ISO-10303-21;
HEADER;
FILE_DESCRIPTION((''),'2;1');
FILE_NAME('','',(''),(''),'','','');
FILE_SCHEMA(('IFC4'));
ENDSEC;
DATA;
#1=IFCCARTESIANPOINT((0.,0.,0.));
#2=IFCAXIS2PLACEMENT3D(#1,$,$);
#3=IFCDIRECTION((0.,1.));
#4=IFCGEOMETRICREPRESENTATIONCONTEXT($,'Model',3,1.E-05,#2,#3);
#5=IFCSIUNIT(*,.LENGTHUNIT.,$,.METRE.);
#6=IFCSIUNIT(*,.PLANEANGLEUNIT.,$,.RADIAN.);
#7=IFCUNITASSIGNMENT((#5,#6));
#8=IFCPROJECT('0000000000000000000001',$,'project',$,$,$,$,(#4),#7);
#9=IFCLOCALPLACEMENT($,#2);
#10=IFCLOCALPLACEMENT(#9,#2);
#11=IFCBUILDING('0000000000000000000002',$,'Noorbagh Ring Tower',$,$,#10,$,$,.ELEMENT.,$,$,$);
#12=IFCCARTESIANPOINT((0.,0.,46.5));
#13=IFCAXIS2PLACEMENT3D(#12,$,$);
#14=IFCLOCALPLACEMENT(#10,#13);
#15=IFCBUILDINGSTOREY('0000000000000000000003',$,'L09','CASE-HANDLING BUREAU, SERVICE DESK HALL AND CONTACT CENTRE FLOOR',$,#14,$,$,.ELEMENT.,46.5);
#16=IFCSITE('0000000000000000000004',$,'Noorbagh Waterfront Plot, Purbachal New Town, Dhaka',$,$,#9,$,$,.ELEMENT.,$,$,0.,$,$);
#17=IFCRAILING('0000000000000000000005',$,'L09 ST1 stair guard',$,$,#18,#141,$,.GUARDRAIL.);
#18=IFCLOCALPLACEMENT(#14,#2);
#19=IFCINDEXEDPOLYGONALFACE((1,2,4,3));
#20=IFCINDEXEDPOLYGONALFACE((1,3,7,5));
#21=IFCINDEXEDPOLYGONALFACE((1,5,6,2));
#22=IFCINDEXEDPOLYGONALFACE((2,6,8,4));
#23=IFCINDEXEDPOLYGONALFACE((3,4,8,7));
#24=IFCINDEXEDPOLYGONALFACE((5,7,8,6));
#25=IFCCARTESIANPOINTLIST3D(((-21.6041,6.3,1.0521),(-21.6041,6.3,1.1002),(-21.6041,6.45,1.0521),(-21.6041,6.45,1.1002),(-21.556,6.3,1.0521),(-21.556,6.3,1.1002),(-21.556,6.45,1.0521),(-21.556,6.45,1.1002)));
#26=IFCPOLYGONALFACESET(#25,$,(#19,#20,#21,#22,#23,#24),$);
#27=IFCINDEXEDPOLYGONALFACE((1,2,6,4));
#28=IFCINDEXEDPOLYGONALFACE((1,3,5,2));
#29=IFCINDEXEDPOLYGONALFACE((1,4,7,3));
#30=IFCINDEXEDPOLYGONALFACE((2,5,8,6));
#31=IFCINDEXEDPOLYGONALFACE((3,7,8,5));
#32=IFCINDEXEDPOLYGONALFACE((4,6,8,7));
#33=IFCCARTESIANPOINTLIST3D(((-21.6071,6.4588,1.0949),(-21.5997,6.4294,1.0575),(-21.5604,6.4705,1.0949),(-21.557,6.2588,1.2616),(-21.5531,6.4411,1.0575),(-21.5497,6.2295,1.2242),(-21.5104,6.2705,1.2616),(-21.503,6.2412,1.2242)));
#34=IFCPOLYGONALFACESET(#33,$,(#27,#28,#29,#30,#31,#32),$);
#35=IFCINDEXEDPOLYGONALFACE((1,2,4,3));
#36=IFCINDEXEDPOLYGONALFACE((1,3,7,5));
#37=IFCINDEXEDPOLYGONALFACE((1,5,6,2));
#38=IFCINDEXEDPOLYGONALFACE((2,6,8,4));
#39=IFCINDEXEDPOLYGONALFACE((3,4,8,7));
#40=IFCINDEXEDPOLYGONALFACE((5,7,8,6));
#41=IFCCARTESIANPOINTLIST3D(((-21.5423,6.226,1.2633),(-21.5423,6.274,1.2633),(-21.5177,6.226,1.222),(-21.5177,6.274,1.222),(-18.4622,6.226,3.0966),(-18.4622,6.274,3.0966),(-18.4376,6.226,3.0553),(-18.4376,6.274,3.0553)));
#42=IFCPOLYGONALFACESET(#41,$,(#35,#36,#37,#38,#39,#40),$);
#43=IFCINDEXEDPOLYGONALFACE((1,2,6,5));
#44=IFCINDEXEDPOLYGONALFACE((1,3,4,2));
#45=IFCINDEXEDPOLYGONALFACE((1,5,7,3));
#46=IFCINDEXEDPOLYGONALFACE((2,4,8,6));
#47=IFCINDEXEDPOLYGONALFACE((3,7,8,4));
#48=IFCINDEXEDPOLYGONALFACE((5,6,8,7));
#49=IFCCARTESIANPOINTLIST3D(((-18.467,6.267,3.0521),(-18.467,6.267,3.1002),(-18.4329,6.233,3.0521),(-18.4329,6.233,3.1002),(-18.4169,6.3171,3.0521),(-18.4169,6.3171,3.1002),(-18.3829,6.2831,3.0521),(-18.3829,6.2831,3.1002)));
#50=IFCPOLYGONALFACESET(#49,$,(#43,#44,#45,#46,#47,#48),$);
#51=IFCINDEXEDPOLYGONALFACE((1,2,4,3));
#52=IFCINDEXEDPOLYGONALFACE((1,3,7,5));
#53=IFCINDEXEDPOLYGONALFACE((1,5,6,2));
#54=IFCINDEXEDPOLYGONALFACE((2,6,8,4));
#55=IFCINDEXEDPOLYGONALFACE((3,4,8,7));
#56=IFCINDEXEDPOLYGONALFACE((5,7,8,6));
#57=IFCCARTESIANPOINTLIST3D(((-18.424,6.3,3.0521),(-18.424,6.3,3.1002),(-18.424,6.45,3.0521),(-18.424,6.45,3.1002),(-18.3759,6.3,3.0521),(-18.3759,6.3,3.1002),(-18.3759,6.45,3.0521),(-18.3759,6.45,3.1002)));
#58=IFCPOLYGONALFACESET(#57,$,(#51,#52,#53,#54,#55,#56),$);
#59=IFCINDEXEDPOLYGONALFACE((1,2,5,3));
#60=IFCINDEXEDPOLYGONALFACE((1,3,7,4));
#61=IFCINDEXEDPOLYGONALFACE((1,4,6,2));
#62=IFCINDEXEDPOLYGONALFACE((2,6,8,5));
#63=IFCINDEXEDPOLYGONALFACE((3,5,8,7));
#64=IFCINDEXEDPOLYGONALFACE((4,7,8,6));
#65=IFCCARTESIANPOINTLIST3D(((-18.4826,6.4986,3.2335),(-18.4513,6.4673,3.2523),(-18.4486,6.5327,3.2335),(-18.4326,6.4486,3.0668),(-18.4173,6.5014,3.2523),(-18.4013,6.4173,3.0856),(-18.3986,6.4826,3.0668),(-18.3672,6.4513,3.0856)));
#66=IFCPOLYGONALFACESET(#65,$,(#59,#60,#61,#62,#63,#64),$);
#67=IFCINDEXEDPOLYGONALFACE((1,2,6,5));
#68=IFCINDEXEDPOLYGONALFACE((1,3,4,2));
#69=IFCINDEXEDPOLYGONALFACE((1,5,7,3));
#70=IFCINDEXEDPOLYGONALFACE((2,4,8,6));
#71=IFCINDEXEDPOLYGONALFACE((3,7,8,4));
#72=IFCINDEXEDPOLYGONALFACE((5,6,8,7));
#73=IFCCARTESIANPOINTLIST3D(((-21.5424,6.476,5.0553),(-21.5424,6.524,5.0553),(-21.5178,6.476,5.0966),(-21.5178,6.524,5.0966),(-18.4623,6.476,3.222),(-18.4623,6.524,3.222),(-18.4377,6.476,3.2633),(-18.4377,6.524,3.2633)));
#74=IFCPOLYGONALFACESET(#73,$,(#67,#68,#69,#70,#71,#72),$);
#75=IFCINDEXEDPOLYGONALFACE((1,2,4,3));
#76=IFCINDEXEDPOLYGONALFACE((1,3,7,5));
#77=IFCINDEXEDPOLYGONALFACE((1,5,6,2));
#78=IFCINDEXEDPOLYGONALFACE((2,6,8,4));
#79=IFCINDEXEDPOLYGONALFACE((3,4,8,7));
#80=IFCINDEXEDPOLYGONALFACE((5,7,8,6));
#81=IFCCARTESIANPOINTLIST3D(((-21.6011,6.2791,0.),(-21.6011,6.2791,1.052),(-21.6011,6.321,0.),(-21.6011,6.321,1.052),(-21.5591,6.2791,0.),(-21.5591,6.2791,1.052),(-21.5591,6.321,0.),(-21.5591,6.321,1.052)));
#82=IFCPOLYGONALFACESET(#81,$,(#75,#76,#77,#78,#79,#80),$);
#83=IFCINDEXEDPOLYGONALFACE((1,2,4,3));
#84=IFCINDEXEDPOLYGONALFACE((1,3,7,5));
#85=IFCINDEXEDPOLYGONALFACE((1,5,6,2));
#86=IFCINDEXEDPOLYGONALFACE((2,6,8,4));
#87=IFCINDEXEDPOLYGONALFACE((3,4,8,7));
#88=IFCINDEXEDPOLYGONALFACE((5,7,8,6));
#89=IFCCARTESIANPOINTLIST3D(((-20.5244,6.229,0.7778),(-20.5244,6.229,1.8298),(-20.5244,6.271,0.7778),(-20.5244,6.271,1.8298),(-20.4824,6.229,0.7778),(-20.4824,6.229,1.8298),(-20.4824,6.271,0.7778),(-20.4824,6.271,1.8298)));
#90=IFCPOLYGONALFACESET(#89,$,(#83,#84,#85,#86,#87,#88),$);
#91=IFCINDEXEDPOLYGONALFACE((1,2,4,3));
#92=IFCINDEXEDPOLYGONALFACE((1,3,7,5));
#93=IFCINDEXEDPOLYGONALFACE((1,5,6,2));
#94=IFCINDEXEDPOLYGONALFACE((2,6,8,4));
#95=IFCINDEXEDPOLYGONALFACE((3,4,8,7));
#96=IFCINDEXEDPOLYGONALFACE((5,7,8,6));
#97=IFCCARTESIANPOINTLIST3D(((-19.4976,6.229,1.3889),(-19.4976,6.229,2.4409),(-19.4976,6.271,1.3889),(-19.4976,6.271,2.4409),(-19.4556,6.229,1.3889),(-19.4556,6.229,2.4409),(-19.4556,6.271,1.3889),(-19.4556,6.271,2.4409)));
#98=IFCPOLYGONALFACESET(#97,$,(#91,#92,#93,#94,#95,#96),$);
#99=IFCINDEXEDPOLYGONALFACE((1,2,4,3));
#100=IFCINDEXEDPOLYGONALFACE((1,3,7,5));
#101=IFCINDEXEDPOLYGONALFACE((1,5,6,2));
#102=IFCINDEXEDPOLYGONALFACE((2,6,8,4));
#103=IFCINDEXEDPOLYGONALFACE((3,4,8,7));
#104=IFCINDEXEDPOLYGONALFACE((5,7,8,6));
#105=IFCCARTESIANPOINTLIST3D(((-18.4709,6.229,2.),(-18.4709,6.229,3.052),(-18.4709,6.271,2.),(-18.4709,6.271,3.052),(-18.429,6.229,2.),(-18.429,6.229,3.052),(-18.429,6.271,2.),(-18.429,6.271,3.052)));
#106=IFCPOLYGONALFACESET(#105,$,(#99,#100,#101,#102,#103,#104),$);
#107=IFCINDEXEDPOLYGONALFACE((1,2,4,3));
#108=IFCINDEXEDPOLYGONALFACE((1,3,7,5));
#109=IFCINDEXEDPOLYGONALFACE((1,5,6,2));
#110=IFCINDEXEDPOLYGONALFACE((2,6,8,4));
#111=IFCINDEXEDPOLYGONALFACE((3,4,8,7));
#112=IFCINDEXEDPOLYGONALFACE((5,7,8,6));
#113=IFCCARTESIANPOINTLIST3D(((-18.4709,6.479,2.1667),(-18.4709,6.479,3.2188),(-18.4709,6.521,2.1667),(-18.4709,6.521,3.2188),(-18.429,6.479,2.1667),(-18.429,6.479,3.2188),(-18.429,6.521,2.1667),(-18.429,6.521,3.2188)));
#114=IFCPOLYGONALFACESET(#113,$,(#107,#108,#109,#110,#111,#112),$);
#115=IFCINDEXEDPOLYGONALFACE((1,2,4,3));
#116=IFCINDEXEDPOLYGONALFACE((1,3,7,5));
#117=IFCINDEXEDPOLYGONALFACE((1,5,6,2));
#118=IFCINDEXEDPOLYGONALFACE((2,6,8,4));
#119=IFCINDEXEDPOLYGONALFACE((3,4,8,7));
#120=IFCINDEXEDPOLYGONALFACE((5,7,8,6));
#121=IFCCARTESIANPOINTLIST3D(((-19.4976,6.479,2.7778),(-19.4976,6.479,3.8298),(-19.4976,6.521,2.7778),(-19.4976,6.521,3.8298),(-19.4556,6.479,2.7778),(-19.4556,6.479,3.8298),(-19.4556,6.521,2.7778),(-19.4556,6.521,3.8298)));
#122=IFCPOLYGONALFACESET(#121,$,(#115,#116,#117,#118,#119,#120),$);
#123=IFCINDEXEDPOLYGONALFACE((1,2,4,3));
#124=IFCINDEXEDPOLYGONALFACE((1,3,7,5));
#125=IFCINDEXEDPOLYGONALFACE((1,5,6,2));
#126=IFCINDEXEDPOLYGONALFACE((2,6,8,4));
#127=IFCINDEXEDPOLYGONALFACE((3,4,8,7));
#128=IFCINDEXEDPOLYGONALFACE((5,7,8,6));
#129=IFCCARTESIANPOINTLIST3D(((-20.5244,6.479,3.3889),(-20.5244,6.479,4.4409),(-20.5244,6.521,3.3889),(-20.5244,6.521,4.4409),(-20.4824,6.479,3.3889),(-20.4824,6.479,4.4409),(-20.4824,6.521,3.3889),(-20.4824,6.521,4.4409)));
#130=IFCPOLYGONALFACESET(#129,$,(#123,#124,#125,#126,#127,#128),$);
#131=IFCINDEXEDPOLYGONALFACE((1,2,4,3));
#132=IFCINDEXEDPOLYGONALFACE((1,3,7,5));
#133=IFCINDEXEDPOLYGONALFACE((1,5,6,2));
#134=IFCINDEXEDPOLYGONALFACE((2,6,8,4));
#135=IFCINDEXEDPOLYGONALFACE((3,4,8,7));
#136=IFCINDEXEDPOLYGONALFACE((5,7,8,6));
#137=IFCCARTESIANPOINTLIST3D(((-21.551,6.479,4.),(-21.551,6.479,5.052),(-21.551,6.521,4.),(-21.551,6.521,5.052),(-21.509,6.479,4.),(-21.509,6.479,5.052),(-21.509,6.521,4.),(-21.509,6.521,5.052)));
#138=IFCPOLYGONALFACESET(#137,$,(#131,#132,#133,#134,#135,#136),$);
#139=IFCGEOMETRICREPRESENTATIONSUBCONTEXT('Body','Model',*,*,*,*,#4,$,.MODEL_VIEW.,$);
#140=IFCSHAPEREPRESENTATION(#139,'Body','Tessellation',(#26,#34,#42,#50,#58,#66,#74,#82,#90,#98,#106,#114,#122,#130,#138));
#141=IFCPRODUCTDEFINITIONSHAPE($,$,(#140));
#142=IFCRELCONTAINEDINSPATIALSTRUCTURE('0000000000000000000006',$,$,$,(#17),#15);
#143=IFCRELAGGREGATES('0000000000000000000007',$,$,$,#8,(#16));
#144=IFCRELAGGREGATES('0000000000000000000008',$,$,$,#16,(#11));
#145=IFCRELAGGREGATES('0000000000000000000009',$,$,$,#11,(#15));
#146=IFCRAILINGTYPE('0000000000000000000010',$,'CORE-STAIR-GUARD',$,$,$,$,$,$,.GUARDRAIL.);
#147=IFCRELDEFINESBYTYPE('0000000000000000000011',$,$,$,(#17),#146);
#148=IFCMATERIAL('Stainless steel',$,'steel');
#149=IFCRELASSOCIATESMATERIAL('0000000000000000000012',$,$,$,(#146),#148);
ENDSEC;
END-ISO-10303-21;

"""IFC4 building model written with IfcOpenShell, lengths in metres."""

from ifc_helpers import new_model, si_unit, direction, frame, origin, origin_2d, place, context, subcontext, project, spatial, rectangle, extrude, material, type_object, element, save


model = new_model("IFC4")

# Units and contexts
model_context = context("Model", 3, precision=1e-05, world=origin(), true_north=direction((0.0, 1.0)))
body_context = subcontext(model_context, "Body", "Model", "MODEL_VIEW")
ifc_project = project(units=[si_unit("LENGTHUNIT", "METRE"), si_unit("PLANEANGLEUNIT", "RADIAN")], contexts=[model_context])

# Site, building, storey
site_placement = place(None, origin())
site = spatial("IfcSite", under=ifc_project, at=site_placement, Name="Noorbagh Waterfront Plot, Purbachal New Town, Dhaka", CompositionType="ELEMENT", RefElevation=0.0)
building_placement = place(site_placement, origin())
building = spatial("IfcBuilding", under=site, at=building_placement, Name="Noorbagh Ring Tower", CompositionType="ELEMENT")
storey_placement = place(building_placement, frame((0.0, 0.0, 46.5)))
storey = spatial("IfcBuildingStorey", under=building, at=storey_placement, Name="L09", Description="CASE-HANDLING BUREAU, SERVICE DESK HALL AND CONTACT CENTRE FLOOR", CompositionType="ELEMENT", Elevation=46.5)

# Railing
ifc_material_1 = material(Name="Stainless steel", Category="steel")
railing_type_1 = type_object("IfcRailingType", Name="CORE-STAIR-GUARD", PredefinedType="GUARDRAIL", material=ifc_material_1)
railing_1_placement = place(storey_placement, frame((-21.5801, 6.3, 0.0)))
element("IfcRailing", 1, at=railing_1_placement, inside=storey, type_object=railing_type_1, Name="L09 ST1 stair guard", PredefinedType="GUARDRAIL", context=body_context, shape_type="SweptSolid", body=[
    extrude(rectangle(XDim=0.0481, YDim=0.0481, at=origin_2d()), frame((0.0, 0.0, 1.0762), z_axis=(0.0, 1.0, 0.0), x_axis=(-1.0, 0.0, 0.0)), (0.0, 0.0, 1.0), 0.1499),
    extrude(rectangle(XDim=0.0481, YDim=0.0481, at=origin_2d()), frame((0.0, 0.1499, 1.0762), z_axis=(0.188776, -0.754182, 0.628946), x_axis=(0.970073, 0.242814, 0.0)), (0.0, 0.0, 1.0), 0.2651),
    extrude(rectangle(XDim=0.0481, YDim=0.0481, at=origin_2d()), frame((0.05, -0.05, 1.2427), z_axis=(0.859309, 0.0, 0.511458), x_axis=(0.0, 1.0, 0.0)), (0.0, 0.0, 1.0), 3.5845),
    extrude(rectangle(XDim=0.0481, YDim=0.0481, at=origin_2d()), frame((3.1301, -0.05, 3.0762), z_axis=(0.707107, 0.707107, 0.0), x_axis=(-0.707107, 0.707107, 0.0)), (0.0, 0.0, 1.0), 0.0708),
    extrude(rectangle(XDim=0.0481, YDim=0.0481, at=origin_2d()), frame((3.1802, 0.0, 3.0762), z_axis=(0.0, 1.0, 0.0), x_axis=(-1.0, 0.0, 0.0)), (0.0, 0.0, 1.0), 0.1499),
    extrude(rectangle(XDim=0.0481, YDim=0.0481, at=origin_2d()), frame((3.1802, 0.1499, 3.0762), z_axis=(-0.276287, 0.276287, 0.920506), x_axis=(-0.707107, -0.707107, 0.0)), (0.0, 0.0, 1.0), 0.1812),
    extrude(rectangle(XDim=0.0481, YDim=0.0481, at=origin_2d()), frame((3.1301, 0.2, 3.2427), z_axis=(-0.859309, 0.0, 0.511458), x_axis=(0.0, -1.0, 0.0)), (0.0, 0.0, 1.0), 3.5845),
    extrude(rectangle(XDim=0.042, YDim=0.042, at=origin_2d()), origin(), (0.0, 0.0, 1.0), 1.052),
    extrude(rectangle(XDim=0.042, YDim=0.042, at=origin_2d()), frame((1.0767, -0.05, 0.7778)), (0.0, 0.0, 1.0), 1.052),
    extrude(rectangle(XDim=0.042, YDim=0.042, at=origin_2d()), frame((2.1035, -0.05, 1.3889)), (0.0, 0.0, 1.0), 1.052),
    extrude(rectangle(XDim=0.042, YDim=0.042, at=origin_2d()), frame((3.1301, -0.05, 2.0)), (0.0, 0.0, 1.0), 1.052),
    extrude(rectangle(XDim=0.042, YDim=0.042, at=origin_2d()), frame((3.1301, 0.2, 2.1667)), (0.0, 0.0, 1.0), 1.052),
    extrude(rectangle(XDim=0.042, YDim=0.042, at=origin_2d()), frame((2.1035, 0.2, 2.7778)), (0.0, 0.0, 1.0), 1.052),
    extrude(rectangle(XDim=0.042, YDim=0.042, at=origin_2d()), frame((1.0767, 0.2, 3.3889)), (0.0, 0.0, 1.0), 1.052),
    extrude(rectangle(XDim=0.042, YDim=0.042, at=origin_2d()), frame((0.05, 0.2, 4.0)), (0.0, 0.0, 1.0), 1.052),
])

save(model, "model.ifc")
